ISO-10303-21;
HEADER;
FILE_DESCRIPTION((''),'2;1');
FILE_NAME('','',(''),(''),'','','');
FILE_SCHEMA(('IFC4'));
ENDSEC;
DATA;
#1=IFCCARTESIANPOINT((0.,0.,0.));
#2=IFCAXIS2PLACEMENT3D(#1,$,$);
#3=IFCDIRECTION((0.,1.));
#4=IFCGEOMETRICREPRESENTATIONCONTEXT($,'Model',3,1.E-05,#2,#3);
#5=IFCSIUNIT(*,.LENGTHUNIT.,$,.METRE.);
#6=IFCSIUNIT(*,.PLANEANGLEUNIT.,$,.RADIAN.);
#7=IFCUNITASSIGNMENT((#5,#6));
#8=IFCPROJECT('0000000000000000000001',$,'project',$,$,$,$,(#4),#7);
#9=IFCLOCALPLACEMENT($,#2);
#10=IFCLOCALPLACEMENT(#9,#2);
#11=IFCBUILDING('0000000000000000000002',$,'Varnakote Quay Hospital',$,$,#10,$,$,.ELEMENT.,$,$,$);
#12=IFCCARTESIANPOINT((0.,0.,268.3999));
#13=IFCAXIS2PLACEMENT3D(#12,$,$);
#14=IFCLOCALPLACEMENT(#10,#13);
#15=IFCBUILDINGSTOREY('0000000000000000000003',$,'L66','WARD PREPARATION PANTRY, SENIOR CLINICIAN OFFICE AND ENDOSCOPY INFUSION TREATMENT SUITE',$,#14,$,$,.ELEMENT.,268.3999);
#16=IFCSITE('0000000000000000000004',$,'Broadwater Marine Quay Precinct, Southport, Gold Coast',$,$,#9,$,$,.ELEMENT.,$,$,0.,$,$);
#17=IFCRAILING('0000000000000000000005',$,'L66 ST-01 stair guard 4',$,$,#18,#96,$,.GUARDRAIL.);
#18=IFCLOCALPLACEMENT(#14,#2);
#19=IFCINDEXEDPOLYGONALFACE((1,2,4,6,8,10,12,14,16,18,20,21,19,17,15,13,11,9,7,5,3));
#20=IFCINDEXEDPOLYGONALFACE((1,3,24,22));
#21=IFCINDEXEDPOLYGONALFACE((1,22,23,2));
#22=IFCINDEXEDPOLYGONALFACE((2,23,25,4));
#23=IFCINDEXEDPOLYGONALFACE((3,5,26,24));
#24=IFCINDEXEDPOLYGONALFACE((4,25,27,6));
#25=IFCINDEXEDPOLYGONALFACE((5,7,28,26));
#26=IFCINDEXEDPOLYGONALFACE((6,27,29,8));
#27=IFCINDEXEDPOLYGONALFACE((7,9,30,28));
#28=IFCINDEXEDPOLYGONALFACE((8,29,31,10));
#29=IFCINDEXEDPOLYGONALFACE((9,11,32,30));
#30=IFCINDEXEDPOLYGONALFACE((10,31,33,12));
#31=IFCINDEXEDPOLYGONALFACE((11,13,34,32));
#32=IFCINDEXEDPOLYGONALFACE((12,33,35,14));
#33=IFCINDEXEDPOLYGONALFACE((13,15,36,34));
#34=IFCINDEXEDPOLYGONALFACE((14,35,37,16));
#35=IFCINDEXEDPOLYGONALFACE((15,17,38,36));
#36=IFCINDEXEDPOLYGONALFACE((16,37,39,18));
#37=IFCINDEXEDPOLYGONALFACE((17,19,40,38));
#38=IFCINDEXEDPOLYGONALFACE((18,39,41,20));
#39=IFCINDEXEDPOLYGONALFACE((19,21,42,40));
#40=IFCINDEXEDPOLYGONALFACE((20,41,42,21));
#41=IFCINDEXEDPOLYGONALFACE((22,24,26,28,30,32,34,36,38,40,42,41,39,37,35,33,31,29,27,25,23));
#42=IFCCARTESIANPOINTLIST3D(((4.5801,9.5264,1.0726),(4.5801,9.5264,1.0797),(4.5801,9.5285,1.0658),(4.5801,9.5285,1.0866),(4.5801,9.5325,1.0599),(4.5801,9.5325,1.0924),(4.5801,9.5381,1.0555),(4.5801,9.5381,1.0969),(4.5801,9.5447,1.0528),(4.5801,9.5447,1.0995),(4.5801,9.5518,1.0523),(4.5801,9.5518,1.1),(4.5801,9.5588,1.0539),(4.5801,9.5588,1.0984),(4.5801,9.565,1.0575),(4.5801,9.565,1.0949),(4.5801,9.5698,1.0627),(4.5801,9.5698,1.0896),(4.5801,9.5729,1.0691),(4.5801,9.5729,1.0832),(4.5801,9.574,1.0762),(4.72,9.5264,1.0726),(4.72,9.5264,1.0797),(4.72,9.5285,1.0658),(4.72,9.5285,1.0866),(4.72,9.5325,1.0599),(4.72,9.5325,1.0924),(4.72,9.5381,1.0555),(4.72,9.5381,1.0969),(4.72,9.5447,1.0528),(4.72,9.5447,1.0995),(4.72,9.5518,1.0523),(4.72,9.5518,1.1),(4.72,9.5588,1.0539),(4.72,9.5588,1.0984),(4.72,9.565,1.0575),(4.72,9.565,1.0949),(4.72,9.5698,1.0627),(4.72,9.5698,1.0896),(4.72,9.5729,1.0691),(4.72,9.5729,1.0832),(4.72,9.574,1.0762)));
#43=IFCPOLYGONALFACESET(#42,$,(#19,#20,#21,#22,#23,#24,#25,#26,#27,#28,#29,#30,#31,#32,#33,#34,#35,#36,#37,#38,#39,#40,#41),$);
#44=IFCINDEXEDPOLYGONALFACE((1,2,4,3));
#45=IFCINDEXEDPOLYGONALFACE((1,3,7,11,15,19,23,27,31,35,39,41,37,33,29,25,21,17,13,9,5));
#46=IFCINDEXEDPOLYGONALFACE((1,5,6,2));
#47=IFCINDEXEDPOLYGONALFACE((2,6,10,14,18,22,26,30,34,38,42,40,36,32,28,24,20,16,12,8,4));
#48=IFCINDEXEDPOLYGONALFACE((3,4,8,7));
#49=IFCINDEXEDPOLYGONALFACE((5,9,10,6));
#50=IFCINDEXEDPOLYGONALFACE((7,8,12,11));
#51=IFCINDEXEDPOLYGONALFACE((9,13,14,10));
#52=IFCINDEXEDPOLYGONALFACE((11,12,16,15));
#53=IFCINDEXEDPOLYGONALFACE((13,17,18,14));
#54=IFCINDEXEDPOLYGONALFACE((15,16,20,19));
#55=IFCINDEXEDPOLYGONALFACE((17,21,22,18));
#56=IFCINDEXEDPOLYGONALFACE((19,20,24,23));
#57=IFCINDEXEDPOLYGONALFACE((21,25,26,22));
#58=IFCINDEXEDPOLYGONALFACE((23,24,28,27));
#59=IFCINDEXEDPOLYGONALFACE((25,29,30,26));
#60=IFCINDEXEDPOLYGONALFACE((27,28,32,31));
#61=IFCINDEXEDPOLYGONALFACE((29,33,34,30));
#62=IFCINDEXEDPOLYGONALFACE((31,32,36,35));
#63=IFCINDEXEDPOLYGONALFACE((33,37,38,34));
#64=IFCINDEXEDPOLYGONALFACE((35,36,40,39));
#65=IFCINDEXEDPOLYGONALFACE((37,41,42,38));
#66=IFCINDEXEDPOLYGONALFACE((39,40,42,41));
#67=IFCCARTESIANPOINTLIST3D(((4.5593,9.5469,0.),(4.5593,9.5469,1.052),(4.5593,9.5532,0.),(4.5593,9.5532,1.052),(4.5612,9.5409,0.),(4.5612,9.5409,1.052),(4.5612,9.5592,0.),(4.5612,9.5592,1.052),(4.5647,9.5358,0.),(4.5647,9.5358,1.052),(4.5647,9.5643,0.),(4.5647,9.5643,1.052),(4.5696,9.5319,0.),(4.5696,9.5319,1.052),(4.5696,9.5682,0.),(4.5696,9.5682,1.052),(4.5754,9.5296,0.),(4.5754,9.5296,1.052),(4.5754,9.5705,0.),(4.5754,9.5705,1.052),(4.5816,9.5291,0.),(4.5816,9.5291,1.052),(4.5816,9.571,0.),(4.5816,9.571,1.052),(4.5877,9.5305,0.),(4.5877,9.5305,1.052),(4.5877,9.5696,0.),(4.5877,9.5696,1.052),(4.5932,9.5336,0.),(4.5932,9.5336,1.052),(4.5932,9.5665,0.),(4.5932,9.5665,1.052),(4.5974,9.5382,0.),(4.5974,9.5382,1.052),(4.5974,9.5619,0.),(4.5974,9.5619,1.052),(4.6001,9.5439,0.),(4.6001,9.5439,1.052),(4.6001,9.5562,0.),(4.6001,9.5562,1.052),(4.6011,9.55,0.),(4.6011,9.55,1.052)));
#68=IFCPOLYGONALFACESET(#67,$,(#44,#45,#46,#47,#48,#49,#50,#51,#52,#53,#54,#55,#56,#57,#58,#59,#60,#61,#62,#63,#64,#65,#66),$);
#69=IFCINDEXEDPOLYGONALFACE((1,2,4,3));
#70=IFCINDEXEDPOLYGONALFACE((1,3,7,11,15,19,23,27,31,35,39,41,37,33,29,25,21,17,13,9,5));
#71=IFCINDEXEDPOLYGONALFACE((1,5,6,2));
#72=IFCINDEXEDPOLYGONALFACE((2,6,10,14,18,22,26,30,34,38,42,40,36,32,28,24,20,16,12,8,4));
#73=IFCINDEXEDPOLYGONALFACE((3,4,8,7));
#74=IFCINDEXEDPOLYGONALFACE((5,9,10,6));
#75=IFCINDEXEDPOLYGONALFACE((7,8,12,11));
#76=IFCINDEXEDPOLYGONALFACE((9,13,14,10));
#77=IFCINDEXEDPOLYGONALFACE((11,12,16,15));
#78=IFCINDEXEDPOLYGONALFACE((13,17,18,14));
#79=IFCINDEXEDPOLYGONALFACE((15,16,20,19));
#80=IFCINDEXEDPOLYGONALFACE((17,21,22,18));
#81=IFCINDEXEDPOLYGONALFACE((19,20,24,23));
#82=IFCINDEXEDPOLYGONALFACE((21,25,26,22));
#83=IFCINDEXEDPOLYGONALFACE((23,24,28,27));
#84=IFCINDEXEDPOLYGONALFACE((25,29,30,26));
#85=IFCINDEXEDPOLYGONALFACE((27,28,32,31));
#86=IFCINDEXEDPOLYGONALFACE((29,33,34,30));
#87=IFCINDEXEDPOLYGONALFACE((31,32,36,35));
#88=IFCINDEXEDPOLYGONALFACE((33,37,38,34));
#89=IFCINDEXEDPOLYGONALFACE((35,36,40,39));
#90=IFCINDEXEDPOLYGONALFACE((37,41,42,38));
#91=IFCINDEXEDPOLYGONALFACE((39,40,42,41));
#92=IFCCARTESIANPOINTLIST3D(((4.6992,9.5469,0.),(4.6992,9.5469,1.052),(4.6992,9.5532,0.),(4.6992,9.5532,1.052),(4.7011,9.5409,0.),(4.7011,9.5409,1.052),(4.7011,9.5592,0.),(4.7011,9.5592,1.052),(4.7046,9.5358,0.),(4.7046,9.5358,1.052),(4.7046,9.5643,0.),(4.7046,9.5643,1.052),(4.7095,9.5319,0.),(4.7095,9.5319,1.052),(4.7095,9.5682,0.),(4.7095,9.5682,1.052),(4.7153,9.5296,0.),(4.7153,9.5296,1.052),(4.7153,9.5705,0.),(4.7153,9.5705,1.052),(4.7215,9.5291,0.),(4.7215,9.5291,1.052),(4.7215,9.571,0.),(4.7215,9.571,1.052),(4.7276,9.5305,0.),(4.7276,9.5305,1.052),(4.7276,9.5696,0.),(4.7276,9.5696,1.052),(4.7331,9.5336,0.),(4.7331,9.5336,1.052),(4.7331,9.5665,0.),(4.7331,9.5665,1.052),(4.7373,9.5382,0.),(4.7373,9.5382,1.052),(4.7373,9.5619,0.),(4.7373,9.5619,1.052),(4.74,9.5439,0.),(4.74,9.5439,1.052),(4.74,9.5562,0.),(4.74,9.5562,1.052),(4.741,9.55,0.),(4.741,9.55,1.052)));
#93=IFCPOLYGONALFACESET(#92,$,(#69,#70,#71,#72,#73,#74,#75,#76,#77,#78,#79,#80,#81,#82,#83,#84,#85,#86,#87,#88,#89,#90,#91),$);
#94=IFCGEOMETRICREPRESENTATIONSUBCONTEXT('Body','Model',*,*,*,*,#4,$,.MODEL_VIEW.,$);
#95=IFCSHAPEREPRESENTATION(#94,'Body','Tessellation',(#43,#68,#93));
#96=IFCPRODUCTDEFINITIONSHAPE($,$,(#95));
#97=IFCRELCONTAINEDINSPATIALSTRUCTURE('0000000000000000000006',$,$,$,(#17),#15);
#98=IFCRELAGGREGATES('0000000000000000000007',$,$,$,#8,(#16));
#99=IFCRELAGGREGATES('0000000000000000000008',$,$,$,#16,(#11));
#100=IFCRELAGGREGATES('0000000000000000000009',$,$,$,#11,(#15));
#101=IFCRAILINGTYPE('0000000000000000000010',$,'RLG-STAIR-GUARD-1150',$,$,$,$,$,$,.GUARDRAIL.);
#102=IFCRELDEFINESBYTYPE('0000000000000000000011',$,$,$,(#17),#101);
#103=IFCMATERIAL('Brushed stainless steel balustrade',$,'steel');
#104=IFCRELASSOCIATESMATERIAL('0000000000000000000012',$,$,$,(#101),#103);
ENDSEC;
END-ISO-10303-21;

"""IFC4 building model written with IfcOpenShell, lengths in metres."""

from ifc_helpers import new_model, si_unit, direction, frame, origin, origin_2d, place, context, subcontext, project, spatial, circle, extrude, material, type_object, element, save


model = new_model("IFC4")

# Units and contexts
model_context = context("Model", 3, precision=1e-05, world=origin(), true_north=direction((0.0, 1.0)))
body_context = subcontext(model_context, "Body", "Model", "MODEL_VIEW")
ifc_project = project(units=[si_unit("LENGTHUNIT", "METRE"), si_unit("PLANEANGLEUNIT", "RADIAN")], contexts=[model_context])

# Site, building, storey
site_placement = place(None, origin())
site = spatial("IfcSite", under=ifc_project, at=site_placement, Name="Broadwater Marine Quay Precinct, Southport, Gold Coast", CompositionType="ELEMENT", RefElevation=0.0)
building_placement = place(site_placement, origin())
building = spatial("IfcBuilding", under=site, at=building_placement, Name="Varnakote Quay Hospital", CompositionType="ELEMENT")
storey_placement = place(building_placement, frame((0.0, 0.0, 268.3999)))
storey = spatial("IfcBuildingStorey", under=building, at=storey_placement, Name="L66", Description="WARD PREPARATION PANTRY, SENIOR CLINICIAN OFFICE AND ENDOSCOPY INFUSION TREATMENT SUITE", CompositionType="ELEMENT", Elevation=268.3999)

# Railing
ifc_material_1 = material(Name="Brushed stainless steel balustrade", Category="steel")
railing_type_1 = type_object("IfcRailingType", Name="RLG-STAIR-GUARD-1150", PredefinedType="GUARDRAIL", material=ifc_material_1)
railing_1_placement = place(storey_placement, frame((4.5801, 9.55, 0.0)))
element("IfcRailing", 1, at=railing_1_placement, inside=storey, type_object=railing_type_1, Name="L66 ST-01 stair guard 4", PredefinedType="GUARDRAIL", context=body_context, shape_type="SweptSolid", body=[
    extrude(circle(Radius=0.0239, at=origin_2d()), frame((0.0, 0.0, 1.0762), z_axis=(1.0, 0.0, 0.0), x_axis=(0.0, 1.0, 0.0)), (0.0, 0.0, 1.0), 0.1399),
    extrude(circle(Radius=0.021, at=origin_2d()), origin(), (0.0, 0.0, 1.0), 1.052),
    extrude(circle(Radius=0.021, at=origin_2d()), frame((0.1399, 0.0, 0.0)), (0.0, 0.0, 1.0), 1.052),
])

save(model, "model.ifc")
